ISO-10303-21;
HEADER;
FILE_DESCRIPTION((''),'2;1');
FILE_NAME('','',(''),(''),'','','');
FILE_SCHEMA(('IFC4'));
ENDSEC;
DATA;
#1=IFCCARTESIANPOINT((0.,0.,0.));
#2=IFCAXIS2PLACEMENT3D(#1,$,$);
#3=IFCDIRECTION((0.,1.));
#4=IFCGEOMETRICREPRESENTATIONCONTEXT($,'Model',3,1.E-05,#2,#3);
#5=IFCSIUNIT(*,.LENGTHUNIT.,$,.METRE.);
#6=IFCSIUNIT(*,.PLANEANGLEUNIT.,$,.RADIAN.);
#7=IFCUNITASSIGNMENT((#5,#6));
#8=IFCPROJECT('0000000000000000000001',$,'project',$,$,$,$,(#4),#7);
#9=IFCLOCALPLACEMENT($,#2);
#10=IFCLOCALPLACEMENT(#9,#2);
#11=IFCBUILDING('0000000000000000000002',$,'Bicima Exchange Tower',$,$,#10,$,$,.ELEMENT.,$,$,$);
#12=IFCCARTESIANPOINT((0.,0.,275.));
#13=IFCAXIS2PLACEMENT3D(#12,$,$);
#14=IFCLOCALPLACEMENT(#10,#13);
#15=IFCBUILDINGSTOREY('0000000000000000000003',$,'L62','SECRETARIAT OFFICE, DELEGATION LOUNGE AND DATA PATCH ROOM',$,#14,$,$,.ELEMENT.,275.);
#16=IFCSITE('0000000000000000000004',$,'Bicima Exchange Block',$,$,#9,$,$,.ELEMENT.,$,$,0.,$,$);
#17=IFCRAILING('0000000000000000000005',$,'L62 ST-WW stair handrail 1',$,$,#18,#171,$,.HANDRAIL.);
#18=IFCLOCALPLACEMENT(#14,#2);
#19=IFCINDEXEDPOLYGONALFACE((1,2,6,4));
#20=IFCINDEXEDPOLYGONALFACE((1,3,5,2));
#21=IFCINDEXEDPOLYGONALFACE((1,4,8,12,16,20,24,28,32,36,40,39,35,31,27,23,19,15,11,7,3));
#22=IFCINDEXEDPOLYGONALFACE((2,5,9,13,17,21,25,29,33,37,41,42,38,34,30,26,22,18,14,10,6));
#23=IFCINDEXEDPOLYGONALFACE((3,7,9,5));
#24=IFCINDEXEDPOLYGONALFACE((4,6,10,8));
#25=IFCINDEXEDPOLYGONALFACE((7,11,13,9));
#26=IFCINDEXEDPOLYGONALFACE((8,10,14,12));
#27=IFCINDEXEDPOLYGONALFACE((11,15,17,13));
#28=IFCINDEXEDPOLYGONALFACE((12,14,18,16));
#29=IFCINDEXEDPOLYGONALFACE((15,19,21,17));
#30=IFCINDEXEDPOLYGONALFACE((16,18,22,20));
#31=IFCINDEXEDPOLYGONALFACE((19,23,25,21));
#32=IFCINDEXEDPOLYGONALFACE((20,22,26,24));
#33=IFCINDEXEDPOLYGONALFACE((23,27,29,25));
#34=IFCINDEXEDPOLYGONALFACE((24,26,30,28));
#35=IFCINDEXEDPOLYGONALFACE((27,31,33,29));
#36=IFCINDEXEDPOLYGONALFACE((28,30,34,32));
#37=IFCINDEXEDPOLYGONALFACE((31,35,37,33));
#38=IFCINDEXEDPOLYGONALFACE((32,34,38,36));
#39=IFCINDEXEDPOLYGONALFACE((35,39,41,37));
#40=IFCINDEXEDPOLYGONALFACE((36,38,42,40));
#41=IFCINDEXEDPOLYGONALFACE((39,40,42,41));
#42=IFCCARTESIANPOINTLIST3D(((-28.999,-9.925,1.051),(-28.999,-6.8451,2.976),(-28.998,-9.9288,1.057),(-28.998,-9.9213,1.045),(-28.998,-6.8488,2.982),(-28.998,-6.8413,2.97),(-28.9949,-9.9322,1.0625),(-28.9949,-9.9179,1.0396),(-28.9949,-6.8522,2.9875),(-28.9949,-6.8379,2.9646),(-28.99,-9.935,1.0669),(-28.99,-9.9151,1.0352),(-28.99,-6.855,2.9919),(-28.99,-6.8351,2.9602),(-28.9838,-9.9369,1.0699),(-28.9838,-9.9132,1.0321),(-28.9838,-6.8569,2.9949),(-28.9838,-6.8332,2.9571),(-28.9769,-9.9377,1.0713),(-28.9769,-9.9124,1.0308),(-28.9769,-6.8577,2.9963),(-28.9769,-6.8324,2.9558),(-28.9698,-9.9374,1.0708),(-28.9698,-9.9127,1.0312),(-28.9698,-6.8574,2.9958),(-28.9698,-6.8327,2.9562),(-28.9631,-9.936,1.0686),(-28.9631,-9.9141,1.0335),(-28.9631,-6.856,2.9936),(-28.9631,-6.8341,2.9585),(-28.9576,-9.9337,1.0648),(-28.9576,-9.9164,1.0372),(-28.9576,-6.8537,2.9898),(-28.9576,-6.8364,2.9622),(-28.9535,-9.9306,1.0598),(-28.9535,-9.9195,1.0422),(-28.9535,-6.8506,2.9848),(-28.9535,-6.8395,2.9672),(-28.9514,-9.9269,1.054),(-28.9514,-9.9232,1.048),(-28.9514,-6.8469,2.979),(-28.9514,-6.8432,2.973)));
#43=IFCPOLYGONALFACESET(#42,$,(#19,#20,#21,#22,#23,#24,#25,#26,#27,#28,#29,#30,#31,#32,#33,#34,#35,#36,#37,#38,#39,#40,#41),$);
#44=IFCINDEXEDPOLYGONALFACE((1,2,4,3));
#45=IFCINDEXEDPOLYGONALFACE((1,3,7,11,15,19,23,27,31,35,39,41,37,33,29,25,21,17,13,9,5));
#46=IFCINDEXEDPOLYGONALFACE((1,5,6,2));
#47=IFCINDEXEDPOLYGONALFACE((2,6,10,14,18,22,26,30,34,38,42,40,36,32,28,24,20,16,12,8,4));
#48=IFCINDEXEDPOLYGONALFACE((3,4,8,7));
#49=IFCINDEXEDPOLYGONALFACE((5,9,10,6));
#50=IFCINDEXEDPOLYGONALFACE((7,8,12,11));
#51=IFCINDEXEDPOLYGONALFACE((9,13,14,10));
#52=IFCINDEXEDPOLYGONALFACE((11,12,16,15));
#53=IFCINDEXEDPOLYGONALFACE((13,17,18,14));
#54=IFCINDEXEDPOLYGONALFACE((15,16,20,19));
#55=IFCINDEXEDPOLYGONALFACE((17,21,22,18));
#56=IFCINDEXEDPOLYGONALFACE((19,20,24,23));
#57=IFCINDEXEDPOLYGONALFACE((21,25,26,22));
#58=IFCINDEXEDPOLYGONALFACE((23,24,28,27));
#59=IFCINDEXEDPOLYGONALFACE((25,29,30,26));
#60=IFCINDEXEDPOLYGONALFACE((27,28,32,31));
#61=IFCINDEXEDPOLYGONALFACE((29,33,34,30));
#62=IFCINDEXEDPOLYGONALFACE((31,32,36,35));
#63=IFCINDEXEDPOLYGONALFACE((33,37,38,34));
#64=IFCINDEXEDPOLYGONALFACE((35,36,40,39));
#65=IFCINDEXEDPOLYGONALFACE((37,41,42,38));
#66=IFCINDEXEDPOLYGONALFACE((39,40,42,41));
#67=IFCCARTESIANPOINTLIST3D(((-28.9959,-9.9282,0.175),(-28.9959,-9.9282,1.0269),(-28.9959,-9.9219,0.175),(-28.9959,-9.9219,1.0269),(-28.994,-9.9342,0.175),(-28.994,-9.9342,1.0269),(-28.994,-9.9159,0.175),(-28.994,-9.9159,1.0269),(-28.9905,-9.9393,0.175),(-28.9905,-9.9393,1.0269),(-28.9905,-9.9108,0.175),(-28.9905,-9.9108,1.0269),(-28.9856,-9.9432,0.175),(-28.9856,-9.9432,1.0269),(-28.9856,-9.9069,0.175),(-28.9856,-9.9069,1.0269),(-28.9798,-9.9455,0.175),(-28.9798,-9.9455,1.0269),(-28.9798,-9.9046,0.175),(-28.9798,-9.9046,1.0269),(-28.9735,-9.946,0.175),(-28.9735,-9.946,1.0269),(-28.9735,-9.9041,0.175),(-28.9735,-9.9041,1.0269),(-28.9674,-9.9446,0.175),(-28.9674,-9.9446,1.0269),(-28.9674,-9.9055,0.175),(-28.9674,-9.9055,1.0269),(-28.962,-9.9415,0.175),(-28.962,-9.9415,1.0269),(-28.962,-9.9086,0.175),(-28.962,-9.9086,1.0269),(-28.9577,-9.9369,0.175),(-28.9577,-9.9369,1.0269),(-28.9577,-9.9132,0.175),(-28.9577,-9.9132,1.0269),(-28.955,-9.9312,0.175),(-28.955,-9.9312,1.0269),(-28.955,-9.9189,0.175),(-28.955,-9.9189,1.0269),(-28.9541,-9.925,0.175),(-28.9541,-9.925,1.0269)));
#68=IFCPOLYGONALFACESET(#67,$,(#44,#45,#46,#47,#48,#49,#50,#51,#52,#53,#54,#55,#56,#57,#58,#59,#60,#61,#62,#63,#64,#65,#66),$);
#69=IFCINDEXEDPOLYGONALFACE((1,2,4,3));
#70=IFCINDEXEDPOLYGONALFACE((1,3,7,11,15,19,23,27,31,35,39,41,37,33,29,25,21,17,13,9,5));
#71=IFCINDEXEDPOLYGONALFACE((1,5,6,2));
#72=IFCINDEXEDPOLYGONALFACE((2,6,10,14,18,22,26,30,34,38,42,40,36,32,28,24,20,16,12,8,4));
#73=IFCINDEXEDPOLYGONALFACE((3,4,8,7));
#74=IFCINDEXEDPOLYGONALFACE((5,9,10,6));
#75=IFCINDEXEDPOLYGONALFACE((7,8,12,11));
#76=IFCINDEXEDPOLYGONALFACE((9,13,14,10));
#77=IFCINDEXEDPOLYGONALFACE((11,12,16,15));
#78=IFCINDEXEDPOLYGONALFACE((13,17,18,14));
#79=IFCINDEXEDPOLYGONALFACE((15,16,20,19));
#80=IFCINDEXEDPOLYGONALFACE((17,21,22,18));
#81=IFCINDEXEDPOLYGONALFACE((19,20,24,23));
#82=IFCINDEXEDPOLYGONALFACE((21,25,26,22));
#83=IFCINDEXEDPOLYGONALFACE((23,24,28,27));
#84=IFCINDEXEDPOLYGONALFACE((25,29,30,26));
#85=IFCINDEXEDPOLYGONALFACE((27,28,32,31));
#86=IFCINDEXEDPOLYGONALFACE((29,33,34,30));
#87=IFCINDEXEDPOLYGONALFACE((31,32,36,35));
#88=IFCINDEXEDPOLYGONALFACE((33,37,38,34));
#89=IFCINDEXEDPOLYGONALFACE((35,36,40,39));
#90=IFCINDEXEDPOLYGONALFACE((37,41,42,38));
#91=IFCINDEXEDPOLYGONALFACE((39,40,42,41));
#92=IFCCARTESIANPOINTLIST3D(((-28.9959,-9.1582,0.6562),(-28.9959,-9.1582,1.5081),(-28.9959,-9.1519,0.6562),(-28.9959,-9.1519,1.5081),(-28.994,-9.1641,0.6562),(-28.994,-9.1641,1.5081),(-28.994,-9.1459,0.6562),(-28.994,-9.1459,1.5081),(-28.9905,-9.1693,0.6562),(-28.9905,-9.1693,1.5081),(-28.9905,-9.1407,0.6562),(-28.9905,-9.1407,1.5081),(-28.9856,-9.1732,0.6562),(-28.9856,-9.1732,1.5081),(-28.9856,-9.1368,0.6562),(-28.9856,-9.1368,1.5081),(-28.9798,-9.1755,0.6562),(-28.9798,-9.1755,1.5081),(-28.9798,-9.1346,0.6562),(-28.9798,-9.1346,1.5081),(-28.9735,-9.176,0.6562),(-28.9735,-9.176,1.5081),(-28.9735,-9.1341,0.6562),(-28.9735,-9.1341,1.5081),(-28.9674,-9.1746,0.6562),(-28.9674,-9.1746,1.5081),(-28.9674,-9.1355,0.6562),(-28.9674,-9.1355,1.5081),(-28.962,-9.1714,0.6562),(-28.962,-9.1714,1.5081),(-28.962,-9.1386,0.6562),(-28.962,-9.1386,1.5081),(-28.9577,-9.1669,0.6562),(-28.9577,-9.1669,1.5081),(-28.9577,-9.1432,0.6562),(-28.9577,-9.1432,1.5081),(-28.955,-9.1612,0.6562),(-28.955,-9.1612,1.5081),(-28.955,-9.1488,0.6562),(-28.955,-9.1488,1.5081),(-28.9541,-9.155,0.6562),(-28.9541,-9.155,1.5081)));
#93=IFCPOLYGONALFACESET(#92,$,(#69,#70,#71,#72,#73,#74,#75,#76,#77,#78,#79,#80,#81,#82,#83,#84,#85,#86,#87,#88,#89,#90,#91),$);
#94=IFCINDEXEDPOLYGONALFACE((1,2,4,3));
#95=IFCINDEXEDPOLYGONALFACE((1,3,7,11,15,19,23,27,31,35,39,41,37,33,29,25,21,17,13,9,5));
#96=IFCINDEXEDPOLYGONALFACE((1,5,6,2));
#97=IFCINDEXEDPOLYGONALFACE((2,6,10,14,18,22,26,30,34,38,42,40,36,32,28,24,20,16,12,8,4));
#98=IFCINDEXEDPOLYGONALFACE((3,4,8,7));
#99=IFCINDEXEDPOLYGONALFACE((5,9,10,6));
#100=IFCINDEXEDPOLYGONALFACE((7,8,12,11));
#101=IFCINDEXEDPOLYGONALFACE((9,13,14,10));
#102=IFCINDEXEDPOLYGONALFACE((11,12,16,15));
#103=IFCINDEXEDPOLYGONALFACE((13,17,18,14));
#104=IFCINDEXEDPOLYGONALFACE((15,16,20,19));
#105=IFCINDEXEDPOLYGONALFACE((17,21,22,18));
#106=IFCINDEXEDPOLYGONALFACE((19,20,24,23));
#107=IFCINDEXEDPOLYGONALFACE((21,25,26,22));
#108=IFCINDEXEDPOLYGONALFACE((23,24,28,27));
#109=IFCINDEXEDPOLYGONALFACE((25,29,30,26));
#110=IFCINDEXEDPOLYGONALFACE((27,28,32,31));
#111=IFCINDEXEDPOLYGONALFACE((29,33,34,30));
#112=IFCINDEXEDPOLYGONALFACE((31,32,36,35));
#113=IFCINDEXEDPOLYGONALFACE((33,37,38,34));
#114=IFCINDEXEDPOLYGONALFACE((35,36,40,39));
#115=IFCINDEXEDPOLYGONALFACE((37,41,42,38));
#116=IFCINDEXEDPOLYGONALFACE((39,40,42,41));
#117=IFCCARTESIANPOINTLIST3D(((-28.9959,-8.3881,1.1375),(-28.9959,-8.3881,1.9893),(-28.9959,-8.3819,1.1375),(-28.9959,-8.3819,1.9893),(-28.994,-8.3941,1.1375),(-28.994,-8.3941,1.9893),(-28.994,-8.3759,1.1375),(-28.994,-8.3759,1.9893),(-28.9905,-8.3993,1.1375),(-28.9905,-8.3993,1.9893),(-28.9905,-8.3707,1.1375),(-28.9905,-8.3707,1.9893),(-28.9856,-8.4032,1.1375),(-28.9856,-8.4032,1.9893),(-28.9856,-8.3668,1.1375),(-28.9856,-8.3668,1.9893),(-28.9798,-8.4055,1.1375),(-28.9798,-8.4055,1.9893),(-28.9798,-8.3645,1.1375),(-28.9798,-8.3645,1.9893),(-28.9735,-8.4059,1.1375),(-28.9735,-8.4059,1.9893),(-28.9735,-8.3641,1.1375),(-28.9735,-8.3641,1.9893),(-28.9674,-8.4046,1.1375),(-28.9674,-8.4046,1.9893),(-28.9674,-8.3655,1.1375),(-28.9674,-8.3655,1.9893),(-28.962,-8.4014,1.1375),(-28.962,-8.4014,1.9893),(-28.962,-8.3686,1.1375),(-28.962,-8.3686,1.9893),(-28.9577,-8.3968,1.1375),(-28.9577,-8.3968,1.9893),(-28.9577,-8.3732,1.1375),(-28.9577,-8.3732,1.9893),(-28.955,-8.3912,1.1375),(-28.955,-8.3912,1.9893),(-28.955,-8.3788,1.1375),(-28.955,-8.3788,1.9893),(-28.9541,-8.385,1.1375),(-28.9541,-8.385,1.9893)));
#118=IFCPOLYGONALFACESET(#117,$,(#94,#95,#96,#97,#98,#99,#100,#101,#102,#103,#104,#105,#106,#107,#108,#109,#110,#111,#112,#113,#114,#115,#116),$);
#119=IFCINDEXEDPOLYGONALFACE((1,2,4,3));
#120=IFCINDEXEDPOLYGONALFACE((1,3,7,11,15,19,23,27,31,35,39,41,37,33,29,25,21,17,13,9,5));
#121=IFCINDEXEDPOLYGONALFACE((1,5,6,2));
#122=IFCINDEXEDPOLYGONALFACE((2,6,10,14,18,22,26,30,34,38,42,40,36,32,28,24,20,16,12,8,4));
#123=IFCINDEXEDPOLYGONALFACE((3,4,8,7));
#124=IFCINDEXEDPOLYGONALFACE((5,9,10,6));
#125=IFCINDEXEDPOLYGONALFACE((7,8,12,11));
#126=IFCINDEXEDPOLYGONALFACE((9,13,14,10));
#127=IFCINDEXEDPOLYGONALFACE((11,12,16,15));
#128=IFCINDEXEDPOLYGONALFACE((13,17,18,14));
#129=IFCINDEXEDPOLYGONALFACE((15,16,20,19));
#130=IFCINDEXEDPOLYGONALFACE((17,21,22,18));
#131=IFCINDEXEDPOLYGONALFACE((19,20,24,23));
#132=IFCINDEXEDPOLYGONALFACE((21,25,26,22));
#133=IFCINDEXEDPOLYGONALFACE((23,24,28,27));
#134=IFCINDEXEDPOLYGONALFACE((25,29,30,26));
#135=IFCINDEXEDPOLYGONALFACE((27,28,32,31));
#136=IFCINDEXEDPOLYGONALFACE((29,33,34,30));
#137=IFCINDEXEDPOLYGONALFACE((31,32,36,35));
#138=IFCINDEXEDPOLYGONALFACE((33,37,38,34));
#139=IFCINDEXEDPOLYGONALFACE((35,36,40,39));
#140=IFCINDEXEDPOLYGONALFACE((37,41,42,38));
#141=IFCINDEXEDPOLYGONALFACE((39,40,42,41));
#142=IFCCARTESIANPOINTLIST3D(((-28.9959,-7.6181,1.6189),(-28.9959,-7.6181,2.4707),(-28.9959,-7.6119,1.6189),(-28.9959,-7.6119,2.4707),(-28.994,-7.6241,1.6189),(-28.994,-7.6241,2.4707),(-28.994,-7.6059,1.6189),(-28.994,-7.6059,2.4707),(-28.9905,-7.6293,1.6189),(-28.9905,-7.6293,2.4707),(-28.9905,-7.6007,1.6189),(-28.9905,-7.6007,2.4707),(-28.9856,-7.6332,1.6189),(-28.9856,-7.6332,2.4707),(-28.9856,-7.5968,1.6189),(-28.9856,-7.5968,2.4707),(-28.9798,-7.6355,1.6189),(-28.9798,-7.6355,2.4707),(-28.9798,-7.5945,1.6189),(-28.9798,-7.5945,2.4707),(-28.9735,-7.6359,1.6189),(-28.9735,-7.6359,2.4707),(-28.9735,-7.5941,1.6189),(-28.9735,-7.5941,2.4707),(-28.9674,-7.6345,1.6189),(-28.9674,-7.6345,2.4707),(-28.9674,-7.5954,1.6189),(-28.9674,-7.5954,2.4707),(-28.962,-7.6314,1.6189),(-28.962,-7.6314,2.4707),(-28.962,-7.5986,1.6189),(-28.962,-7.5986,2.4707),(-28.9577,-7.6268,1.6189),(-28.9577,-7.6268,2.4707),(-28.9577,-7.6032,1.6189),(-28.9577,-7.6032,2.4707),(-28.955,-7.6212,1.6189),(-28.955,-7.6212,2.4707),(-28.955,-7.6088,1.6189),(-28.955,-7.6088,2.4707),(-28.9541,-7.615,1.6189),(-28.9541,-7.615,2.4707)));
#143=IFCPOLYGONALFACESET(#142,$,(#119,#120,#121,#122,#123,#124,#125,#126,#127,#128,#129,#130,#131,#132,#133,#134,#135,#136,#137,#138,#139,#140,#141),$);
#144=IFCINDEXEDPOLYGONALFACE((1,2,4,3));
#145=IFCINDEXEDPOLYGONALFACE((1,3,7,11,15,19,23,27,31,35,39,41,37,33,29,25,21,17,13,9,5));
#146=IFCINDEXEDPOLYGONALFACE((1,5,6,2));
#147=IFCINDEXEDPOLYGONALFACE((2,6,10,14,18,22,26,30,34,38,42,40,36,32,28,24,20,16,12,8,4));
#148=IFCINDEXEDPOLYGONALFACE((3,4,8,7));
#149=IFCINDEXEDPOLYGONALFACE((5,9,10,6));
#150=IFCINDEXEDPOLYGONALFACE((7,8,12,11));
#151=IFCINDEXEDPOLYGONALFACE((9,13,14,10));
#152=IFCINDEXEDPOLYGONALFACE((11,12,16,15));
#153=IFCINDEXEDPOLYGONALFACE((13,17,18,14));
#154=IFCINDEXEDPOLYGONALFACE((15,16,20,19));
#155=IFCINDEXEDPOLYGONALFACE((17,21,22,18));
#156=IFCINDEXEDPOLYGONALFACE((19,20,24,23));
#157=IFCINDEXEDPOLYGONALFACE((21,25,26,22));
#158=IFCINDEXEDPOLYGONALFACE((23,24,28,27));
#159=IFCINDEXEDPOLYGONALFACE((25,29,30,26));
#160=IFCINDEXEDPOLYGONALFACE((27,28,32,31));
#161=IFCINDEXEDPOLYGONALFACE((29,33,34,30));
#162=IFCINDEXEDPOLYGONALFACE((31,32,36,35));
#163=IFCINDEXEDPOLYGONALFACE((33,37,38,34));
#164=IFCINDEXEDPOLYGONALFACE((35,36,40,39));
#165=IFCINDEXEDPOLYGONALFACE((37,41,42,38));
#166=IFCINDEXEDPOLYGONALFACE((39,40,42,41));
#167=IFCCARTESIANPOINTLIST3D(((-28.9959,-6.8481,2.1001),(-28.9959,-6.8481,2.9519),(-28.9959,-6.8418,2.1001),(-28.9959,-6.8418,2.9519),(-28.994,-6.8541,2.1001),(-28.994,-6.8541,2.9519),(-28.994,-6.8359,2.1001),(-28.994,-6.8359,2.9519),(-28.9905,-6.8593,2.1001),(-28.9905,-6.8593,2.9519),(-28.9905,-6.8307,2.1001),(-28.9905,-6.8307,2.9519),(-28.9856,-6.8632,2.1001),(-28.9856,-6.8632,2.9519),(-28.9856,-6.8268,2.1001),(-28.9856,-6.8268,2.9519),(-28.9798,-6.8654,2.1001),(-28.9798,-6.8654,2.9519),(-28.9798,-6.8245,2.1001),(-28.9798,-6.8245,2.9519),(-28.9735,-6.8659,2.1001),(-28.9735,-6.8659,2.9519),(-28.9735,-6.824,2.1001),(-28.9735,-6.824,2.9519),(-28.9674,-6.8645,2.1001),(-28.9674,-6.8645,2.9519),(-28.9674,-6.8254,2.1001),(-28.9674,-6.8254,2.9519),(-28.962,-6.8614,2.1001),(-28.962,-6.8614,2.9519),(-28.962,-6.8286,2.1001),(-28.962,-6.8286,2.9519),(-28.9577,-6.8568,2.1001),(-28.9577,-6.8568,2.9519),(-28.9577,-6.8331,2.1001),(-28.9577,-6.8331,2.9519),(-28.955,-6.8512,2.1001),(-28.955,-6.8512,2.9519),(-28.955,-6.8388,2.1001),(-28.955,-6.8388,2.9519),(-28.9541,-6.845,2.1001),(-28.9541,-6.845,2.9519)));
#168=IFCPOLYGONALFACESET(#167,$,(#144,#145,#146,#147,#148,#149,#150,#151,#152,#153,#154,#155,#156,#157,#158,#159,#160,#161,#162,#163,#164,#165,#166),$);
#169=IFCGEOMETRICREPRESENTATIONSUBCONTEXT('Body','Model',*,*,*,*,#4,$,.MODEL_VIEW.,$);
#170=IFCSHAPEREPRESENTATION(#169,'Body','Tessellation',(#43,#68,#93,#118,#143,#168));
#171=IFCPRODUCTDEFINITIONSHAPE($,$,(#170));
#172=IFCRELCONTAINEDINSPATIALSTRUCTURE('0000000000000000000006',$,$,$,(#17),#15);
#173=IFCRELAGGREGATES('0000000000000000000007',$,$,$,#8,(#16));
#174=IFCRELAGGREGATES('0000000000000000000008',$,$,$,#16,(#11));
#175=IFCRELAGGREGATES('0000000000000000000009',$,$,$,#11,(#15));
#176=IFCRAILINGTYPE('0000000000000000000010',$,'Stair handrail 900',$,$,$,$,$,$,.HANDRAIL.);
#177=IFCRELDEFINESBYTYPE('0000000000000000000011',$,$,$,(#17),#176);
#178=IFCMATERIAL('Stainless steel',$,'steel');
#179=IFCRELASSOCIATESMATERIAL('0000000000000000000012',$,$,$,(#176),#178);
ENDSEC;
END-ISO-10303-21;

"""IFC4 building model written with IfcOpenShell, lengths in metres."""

from ifc_helpers import new_model, si_unit, direction, frame, origin, origin_2d, place, context, subcontext, project, spatial, circle, extrude, material, type_object, element, save


model = new_model("IFC4")

# Units and contexts
model_context = context("Model", 3, precision=1e-05, world=origin(), true_north=direction((0.0, 1.0)))
body_context = subcontext(model_context, "Body", "Model", "MODEL_VIEW")
ifc_project = project(units=[si_unit("LENGTHUNIT", "METRE"), si_unit("PLANEANGLEUNIT", "RADIAN")], contexts=[model_context])

# Site, building, storey
site_placement = place(None, origin())
site = spatial("IfcSite", under=ifc_project, at=site_placement, Name="Bicima Exchange Block", CompositionType="ELEMENT", RefElevation=0.0)
building_placement = place(site_placement, origin())
building = spatial("IfcBuilding", under=site, at=building_placement, Name="Bicima Exchange Tower", CompositionType="ELEMENT")
storey_placement = place(building_placement, frame((0.0, 0.0, 275.0)))
storey = spatial("IfcBuildingStorey", under=building, at=storey_placement, Name="L62", Description="SECRETARIAT OFFICE, DELEGATION LOUNGE AND DATA PATCH ROOM", CompositionType="ELEMENT", Elevation=275.0)

# Railing
ifc_material_1 = material(Name="Stainless steel", Category="steel")
railing_type_1 = type_object("IfcRailingType", Name="Stair handrail 900", PredefinedType="HANDRAIL", material=ifc_material_1)
railing_1_placement = place(storey_placement, frame((-28.9751, -9.925, 0.175)))
element("IfcRailing", 1, at=railing_1_placement, inside=storey, type_object=railing_type_1, Name="L62 ST-WW stair handrail 1", PredefinedType="HANDRAIL", context=body_context, shape_type="SweptSolid", body=[
    extrude(circle(Radius=0.0239, at=origin_2d()), frame((0.0, 0.0, 0.876), z_axis=(0.0, 0.847998, 0.529999), x_axis=(-1.0, 0.0, 0.0)), (0.0, 0.0, 1.0), 3.6321),
    extrude(circle(Radius=0.021, at=origin_2d()), origin(), (0.0, 0.0, 1.0), 0.8518),
    extrude(circle(Radius=0.021, at=origin_2d()), frame((0.0, 0.77, 0.4812)), (0.0, 0.0, 1.0), 0.8518),
    extrude(circle(Radius=0.021, at=origin_2d()), frame((0.0, 1.54, 0.9624)), (0.0, 0.0, 1.0), 0.8518),
    extrude(circle(Radius=0.021, at=origin_2d()), frame((0.0, 2.3101, 1.4438)), (0.0, 0.0, 1.0), 0.8518),
    extrude(circle(Radius=0.021, at=origin_2d()), frame((0.0, 3.0801, 1.925)), (0.0, 0.0, 1.0), 0.8518),
])

save(model, "model.ifc")
